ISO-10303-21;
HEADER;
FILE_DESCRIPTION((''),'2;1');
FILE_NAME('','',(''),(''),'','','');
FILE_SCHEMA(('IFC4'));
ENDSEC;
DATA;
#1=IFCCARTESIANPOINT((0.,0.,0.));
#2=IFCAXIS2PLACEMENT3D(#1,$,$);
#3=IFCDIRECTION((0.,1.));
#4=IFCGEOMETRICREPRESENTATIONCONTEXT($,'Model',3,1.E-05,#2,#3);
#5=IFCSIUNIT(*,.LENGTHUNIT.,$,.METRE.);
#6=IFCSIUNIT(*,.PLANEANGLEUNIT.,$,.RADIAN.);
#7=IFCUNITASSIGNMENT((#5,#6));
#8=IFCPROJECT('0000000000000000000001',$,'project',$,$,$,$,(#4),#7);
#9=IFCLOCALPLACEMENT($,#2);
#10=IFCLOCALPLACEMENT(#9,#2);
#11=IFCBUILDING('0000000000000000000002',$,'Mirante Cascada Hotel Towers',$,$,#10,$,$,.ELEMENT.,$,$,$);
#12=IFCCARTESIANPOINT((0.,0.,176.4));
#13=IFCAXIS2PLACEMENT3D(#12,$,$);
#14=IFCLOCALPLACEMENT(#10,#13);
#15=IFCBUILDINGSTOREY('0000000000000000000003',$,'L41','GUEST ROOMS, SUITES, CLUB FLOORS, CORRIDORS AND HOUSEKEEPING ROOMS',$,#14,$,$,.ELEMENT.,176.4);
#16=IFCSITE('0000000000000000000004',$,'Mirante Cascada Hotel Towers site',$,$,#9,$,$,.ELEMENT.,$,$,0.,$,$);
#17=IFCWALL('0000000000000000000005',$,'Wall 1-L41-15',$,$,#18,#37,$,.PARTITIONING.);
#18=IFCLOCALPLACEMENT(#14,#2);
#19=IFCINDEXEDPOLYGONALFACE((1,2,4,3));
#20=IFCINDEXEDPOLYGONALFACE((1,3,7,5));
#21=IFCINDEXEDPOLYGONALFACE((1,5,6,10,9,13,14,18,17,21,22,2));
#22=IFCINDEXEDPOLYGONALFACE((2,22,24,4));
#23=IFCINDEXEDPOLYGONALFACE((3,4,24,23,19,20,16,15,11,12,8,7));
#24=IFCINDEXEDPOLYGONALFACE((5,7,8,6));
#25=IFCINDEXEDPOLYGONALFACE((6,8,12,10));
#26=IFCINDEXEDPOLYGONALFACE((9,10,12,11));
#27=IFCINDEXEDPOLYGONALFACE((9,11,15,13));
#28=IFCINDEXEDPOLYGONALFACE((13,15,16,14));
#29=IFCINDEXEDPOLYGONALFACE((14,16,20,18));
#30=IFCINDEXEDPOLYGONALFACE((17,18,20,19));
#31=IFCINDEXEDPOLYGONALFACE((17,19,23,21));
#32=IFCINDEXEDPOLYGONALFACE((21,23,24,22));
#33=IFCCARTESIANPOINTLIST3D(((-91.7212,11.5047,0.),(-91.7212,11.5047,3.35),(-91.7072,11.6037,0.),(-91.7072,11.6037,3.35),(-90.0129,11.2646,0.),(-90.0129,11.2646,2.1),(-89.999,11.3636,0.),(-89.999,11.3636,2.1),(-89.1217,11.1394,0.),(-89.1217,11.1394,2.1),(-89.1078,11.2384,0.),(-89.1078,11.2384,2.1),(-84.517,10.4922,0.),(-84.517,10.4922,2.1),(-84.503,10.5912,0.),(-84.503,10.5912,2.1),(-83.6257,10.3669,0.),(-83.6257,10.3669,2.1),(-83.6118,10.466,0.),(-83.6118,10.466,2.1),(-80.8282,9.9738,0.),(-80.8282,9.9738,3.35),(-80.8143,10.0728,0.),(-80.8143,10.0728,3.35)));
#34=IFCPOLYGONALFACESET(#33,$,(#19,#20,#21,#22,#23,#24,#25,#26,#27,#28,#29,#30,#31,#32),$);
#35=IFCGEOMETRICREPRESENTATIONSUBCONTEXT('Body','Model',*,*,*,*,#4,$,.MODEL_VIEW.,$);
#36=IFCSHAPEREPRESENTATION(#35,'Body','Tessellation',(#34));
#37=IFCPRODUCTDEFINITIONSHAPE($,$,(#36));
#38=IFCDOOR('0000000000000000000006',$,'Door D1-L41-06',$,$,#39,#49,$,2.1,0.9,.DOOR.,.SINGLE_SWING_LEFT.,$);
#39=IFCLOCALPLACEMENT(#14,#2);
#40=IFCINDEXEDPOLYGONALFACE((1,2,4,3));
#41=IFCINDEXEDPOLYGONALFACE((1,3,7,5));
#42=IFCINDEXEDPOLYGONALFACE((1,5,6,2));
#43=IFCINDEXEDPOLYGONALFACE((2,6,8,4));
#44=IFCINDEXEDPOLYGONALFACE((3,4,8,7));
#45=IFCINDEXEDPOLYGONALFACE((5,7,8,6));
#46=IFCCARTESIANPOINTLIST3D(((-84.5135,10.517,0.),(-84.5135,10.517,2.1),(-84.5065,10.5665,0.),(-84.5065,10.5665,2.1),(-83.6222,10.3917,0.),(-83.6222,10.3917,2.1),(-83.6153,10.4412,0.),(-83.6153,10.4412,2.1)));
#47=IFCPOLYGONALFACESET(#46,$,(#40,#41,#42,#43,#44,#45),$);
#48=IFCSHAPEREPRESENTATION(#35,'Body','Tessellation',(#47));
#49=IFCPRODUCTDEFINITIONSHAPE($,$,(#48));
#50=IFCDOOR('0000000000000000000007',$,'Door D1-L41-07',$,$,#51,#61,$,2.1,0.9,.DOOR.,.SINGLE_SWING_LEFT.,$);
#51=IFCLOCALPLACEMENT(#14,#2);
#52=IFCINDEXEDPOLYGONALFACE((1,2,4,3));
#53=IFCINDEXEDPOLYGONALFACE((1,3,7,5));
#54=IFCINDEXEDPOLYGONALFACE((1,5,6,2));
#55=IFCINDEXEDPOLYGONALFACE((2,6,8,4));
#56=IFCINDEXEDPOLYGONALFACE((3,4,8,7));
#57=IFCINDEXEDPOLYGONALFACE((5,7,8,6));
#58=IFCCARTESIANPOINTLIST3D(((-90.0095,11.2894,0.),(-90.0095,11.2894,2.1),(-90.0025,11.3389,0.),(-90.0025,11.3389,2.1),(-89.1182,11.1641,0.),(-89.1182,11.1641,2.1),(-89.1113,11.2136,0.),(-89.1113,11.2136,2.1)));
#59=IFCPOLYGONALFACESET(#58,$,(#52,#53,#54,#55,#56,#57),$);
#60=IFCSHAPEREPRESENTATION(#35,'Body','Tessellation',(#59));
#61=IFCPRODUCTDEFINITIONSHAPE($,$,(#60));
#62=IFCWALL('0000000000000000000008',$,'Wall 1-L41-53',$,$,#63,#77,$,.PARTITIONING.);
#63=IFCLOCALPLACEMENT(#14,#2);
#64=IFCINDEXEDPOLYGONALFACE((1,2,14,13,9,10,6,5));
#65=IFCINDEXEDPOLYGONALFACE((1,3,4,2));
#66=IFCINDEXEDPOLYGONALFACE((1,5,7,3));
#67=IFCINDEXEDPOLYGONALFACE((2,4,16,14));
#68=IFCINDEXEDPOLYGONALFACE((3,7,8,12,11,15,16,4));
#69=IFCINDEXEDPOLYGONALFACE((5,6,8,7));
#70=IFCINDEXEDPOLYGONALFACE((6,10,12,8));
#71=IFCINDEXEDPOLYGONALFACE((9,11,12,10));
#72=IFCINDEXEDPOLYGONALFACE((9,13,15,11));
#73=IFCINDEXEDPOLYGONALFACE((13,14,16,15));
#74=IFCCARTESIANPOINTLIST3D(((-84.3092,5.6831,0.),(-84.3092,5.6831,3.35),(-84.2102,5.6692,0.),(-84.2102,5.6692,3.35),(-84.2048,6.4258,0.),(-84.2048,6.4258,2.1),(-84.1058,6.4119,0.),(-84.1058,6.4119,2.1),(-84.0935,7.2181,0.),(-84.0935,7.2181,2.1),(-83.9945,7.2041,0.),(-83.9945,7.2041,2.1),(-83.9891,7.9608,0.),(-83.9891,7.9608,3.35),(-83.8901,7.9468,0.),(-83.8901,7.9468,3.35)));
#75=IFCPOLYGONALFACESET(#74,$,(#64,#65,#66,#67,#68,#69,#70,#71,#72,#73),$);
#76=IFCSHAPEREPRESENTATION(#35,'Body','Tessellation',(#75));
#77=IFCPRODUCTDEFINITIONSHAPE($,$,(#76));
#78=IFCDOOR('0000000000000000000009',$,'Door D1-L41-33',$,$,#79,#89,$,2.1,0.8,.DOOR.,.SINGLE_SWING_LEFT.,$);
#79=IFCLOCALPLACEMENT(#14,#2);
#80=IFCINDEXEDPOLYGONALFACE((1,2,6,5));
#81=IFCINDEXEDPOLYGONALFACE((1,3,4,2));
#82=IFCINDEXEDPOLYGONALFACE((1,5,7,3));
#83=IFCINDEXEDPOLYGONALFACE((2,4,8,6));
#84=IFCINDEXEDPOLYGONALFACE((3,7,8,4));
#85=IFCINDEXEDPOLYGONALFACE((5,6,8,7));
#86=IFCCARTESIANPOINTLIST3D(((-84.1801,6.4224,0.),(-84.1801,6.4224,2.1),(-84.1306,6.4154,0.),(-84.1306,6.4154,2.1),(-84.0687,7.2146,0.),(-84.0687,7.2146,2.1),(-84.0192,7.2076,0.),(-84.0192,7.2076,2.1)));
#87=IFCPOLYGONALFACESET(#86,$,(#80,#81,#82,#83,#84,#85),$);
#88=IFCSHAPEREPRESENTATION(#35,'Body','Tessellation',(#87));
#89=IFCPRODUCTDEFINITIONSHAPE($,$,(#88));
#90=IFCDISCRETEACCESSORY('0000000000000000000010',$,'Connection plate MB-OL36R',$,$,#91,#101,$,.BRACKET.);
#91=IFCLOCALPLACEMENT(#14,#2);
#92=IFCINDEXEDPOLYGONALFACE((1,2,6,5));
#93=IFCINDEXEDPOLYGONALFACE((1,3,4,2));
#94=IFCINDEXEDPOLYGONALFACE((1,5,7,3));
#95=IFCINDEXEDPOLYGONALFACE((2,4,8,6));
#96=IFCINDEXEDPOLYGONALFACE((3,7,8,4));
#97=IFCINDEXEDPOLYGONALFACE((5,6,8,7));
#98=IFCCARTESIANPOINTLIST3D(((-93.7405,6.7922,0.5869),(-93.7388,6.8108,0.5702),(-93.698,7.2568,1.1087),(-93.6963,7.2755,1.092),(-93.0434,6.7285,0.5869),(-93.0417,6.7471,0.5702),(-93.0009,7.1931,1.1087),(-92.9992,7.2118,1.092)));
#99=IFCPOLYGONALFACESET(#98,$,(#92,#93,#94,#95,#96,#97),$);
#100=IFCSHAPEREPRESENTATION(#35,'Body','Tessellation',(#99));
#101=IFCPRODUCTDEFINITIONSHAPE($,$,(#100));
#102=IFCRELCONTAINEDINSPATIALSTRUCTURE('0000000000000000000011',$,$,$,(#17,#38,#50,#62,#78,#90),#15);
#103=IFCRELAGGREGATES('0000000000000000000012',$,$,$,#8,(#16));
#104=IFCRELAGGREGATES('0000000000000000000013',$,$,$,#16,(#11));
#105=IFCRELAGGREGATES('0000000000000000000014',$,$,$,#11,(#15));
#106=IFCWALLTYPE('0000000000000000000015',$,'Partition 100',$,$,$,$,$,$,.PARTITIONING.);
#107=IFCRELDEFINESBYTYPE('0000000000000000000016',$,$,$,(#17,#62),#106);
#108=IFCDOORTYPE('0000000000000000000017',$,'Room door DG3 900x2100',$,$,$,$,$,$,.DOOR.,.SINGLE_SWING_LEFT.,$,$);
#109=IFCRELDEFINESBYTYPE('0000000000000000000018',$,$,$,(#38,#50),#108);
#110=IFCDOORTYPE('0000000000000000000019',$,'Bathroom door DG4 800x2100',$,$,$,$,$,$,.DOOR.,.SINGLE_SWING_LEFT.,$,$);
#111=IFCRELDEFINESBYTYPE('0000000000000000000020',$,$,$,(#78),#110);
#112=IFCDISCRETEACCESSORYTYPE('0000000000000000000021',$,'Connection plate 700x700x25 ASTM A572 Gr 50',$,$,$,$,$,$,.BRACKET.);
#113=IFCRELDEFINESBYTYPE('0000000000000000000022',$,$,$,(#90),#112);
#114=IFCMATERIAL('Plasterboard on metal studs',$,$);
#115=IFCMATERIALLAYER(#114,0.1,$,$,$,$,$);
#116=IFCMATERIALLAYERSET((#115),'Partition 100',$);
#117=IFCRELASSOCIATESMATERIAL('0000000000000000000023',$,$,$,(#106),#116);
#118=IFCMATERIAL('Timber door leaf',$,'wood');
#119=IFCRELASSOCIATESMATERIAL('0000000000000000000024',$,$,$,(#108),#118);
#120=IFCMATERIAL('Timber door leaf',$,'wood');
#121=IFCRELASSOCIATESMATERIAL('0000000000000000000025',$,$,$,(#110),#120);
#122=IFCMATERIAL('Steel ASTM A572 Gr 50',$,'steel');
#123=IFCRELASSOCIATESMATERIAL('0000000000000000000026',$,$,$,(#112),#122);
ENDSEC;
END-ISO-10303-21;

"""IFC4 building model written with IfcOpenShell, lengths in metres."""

from ifc_helpers import new_model, si_unit, direction, frame, frame_2d, origin, origin_2d, place, context, subcontext, project, spatial, rectangle, extrude, material, layer, layer_set, material_profile, profile_set, type_object, element, fill, save


model = new_model("IFC4")

# Units and contexts
model_context = context("Model", 3, precision=1e-05, world=origin(), true_north=direction((0.0, 1.0)))
body_context = subcontext(model_context, "Body", "Model", "MODEL_VIEW")
ifc_project = project(units=[si_unit("LENGTHUNIT", "METRE"), si_unit("PLANEANGLEUNIT", "RADIAN")], contexts=[model_context])

# Site, building, storey
site_placement = place(None, origin())
site = spatial("IfcSite", under=ifc_project, at=site_placement, Name="Mirante Cascada Hotel Towers site", CompositionType="ELEMENT", RefElevation=0.0)
building_placement = place(site_placement, origin())
building = spatial("IfcBuilding", under=site, at=building_placement, Name="Mirante Cascada Hotel Towers", CompositionType="ELEMENT")
storey_placement = place(building_placement, frame((0.0, 0.0, 176.4)))
storey = spatial("IfcBuildingStorey", under=building, at=storey_placement, Name="L41", Description="GUEST ROOMS, SUITES, CLUB FLOORS, CORRIDORS AND HOUSEKEEPING ROOMS", CompositionType="ELEMENT", Elevation=176.4)

# Shared definitions
ifc_material_1 = material(Name="Plasterboard on metal studs")
ifc_layer_1 = layer(ifc_material_1, 0.1)
ifc_layer_set_1 = layer_set([ifc_layer_1], Name="Partition 100")
wall_type_1 = type_object("IfcWallType", Name="Partition 100", PredefinedType="PARTITIONING", material=ifc_layer_set_1)

# Wall, openings, doors
wall_1_placement = place(storey_placement, frame((-91.7142, 11.5542, 0.0), z_axis=(0.0, 0.0, 1.0), x_axis=(0.990268, -0.139173, 0.0)))
wall_1 = element("IfcWall", 1, at=wall_1_placement, inside=storey, type_object=wall_type_1, Name="Wall 1-L41-15", PredefinedType="PARTITIONING", context=body_context, shape_type="SweptSolid", body=[
    extrude(rectangle(XDim=11.0, YDim=0.1, at=frame_2d((5.5, 0.0))), origin(), (0.0, 0.0, 1.0), 3.35),
])
opening_1_placement = place(wall_1_placement, frame((7.275, 0.0, 0.0)))
opening_1 = element("IfcOpeningElement", 2, at=opening_1_placement, cuts=wall_1, PredefinedType="OPENING", context=body_context, shape_type="SweptSolid", body=[
    extrude(rectangle(XDim=0.9, YDim=2.1, at=frame_2d((0.45, 1.05))), frame((0.0, 0.05, 0.0), z_axis=(0.0, -1.0, 0.0), x_axis=(1.0, 0.0, 0.0)), (0.0, 0.0, 1.0), 0.1),
])
opening_2_placement = place(wall_1_placement, frame((1.725, 0.0, 0.0)))
opening_2 = element("IfcOpeningElement", 3, at=opening_2_placement, cuts=wall_1, PredefinedType="OPENING", context=body_context, shape_type="SweptSolid", body=[
    extrude(rectangle(XDim=0.9, YDim=2.1, at=frame_2d((0.45, 1.05))), frame((0.0, 0.05, 0.0), z_axis=(0.0, -1.0, 0.0), x_axis=(1.0, 0.0, 0.0)), (0.0, 0.0, 1.0), 0.1),
])
ifc_material_2 = material(Name="Timber door leaf", Category="wood")
door_type_1 = type_object("IfcDoorType", Name="Room door DG3 900x2100", OperationType="SINGLE_SWING_LEFT", PredefinedType="DOOR", material=ifc_material_2)
door_1_placement = place(opening_1_placement, origin())
door_1 = element("IfcDoor", 4, at=door_1_placement, inside=storey, type_object=door_type_1, Name="Door D1-L41-06", OperationType="SINGLE_SWING_LEFT", OverallHeight=2.1, OverallWidth=0.9, PredefinedType="DOOR", context=body_context, shape_type="SweptSolid", body=[
    extrude(rectangle(XDim=0.9, YDim=2.1, at=frame_2d((0.45, 1.05))), frame((0.0, 0.025, 0.0), z_axis=(0.0, -1.0, 0.0), x_axis=(1.0, 0.0, 0.0)), (0.0, 0.0, 1.0), 0.05),
])
fill(opening_1, door_1)
door_2_placement = place(opening_2_placement, origin())
door_2 = element("IfcDoor", 5, at=door_2_placement, inside=storey, type_object=door_type_1, Name="Door D1-L41-07", OperationType="SINGLE_SWING_LEFT", OverallHeight=2.1, OverallWidth=0.9, PredefinedType="DOOR", context=body_context, shape_type="SweptSolid", body=[
    extrude(rectangle(XDim=0.9, YDim=2.1, at=frame_2d((0.45, 1.05))), frame((0.0, 0.025, 0.0), z_axis=(0.0, -1.0, 0.0), x_axis=(1.0, 0.0, 0.0)), (0.0, 0.0, 1.0), 0.05),
])
fill(opening_2, door_2)

# Wall, opening, door
wall_2_placement = place(storey_placement, frame((-83.9396, 7.9538, 0.0), z_axis=(0.0, 0.0, 1.0), x_axis=(-0.139175, -0.990268, 0.0)))
wall_2 = element("IfcWall", 6, at=wall_2_placement, inside=storey, type_object=wall_type_1, Name="Wall 1-L41-53", PredefinedType="PARTITIONING", context=body_context, shape_type="SweptSolid", body=[
    extrude(rectangle(XDim=2.3, YDim=0.1, at=frame_2d((1.15, 0.0))), origin(), (0.0, 0.0, 1.0), 3.35),
])
opening_3_placement = place(wall_2_placement, frame((0.75, 0.0, 0.0)))
opening_3 = element("IfcOpeningElement", 7, at=opening_3_placement, cuts=wall_2, PredefinedType="OPENING", context=body_context, shape_type="SweptSolid", body=[
    extrude(rectangle(XDim=0.8, YDim=2.1, at=frame_2d((0.4, 1.05))), frame((0.0, 0.05, 0.0), z_axis=(0.0, -1.0, 0.0), x_axis=(1.0, 0.0, 0.0)), (0.0, 0.0, 1.0), 0.1),
])
ifc_material_3 = material(Name="Timber door leaf", Category="wood")
door_type_2 = type_object("IfcDoorType", Name="Bathroom door DG4 800x2100", OperationType="SINGLE_SWING_LEFT", PredefinedType="DOOR", material=ifc_material_3)
door_3_placement = place(opening_3_placement, origin())
door_3 = element("IfcDoor", 8, at=door_3_placement, inside=storey, type_object=door_type_2, Name="Door D1-L41-33", OperationType="SINGLE_SWING_LEFT", OverallHeight=2.1, OverallWidth=0.8, PredefinedType="DOOR", context=body_context, shape_type="SweptSolid", body=[
    extrude(rectangle(XDim=0.8, YDim=2.1, at=frame_2d((0.4, 1.05))), frame((0.0, 0.025, 0.0), z_axis=(0.0, -1.0, 0.0), x_axis=(1.0, 0.0, 0.0)), (0.0, 0.0, 1.0), 0.05),
])
fill(opening_3, door_3)

# Discrete accessory
ifc_material_4 = material(Name="Steel ASTM A572 Gr 50", Category="steel")
ifc_material_profile_1 = material_profile(ifc_material_4, rectangle(XDim=0.7, YDim=0.7, at=origin_2d()), Name="Connection plate 700x700x25 ASTM A572 Gr 50")
ifc_profile_set_1 = profile_set([ifc_material_profile_1], Name="Steel ASTM A572 Gr 50")
discrete_accessory_type = type_object("IfcDiscreteAccessoryType", Name="Connection plate 700x700x25 ASTM A572 Gr 50", PredefinedType="BRACKET", material=ifc_profile_set_1)
discrete_accessory_placement = place(storey_placement, frame((-93.369, 7.0113, 0.8311), z_axis=(-0.067851, -0.742375, 0.66654), x_axis=(0.995849, -0.091019, 0.0)))
element("IfcDiscreteAccessory", 9, at=discrete_accessory_placement, inside=storey, type_object=discrete_accessory_type, Name="Connection plate MB-OL36R", PredefinedType="BRACKET", context=body_context, shape_type="SweptSolid", body=[
    extrude(rectangle(XDim=0.7, YDim=0.7, at=origin_2d()), origin(), (0.0, 0.0, 1.0), 0.0251),
])

save(model, "model.ifc")
